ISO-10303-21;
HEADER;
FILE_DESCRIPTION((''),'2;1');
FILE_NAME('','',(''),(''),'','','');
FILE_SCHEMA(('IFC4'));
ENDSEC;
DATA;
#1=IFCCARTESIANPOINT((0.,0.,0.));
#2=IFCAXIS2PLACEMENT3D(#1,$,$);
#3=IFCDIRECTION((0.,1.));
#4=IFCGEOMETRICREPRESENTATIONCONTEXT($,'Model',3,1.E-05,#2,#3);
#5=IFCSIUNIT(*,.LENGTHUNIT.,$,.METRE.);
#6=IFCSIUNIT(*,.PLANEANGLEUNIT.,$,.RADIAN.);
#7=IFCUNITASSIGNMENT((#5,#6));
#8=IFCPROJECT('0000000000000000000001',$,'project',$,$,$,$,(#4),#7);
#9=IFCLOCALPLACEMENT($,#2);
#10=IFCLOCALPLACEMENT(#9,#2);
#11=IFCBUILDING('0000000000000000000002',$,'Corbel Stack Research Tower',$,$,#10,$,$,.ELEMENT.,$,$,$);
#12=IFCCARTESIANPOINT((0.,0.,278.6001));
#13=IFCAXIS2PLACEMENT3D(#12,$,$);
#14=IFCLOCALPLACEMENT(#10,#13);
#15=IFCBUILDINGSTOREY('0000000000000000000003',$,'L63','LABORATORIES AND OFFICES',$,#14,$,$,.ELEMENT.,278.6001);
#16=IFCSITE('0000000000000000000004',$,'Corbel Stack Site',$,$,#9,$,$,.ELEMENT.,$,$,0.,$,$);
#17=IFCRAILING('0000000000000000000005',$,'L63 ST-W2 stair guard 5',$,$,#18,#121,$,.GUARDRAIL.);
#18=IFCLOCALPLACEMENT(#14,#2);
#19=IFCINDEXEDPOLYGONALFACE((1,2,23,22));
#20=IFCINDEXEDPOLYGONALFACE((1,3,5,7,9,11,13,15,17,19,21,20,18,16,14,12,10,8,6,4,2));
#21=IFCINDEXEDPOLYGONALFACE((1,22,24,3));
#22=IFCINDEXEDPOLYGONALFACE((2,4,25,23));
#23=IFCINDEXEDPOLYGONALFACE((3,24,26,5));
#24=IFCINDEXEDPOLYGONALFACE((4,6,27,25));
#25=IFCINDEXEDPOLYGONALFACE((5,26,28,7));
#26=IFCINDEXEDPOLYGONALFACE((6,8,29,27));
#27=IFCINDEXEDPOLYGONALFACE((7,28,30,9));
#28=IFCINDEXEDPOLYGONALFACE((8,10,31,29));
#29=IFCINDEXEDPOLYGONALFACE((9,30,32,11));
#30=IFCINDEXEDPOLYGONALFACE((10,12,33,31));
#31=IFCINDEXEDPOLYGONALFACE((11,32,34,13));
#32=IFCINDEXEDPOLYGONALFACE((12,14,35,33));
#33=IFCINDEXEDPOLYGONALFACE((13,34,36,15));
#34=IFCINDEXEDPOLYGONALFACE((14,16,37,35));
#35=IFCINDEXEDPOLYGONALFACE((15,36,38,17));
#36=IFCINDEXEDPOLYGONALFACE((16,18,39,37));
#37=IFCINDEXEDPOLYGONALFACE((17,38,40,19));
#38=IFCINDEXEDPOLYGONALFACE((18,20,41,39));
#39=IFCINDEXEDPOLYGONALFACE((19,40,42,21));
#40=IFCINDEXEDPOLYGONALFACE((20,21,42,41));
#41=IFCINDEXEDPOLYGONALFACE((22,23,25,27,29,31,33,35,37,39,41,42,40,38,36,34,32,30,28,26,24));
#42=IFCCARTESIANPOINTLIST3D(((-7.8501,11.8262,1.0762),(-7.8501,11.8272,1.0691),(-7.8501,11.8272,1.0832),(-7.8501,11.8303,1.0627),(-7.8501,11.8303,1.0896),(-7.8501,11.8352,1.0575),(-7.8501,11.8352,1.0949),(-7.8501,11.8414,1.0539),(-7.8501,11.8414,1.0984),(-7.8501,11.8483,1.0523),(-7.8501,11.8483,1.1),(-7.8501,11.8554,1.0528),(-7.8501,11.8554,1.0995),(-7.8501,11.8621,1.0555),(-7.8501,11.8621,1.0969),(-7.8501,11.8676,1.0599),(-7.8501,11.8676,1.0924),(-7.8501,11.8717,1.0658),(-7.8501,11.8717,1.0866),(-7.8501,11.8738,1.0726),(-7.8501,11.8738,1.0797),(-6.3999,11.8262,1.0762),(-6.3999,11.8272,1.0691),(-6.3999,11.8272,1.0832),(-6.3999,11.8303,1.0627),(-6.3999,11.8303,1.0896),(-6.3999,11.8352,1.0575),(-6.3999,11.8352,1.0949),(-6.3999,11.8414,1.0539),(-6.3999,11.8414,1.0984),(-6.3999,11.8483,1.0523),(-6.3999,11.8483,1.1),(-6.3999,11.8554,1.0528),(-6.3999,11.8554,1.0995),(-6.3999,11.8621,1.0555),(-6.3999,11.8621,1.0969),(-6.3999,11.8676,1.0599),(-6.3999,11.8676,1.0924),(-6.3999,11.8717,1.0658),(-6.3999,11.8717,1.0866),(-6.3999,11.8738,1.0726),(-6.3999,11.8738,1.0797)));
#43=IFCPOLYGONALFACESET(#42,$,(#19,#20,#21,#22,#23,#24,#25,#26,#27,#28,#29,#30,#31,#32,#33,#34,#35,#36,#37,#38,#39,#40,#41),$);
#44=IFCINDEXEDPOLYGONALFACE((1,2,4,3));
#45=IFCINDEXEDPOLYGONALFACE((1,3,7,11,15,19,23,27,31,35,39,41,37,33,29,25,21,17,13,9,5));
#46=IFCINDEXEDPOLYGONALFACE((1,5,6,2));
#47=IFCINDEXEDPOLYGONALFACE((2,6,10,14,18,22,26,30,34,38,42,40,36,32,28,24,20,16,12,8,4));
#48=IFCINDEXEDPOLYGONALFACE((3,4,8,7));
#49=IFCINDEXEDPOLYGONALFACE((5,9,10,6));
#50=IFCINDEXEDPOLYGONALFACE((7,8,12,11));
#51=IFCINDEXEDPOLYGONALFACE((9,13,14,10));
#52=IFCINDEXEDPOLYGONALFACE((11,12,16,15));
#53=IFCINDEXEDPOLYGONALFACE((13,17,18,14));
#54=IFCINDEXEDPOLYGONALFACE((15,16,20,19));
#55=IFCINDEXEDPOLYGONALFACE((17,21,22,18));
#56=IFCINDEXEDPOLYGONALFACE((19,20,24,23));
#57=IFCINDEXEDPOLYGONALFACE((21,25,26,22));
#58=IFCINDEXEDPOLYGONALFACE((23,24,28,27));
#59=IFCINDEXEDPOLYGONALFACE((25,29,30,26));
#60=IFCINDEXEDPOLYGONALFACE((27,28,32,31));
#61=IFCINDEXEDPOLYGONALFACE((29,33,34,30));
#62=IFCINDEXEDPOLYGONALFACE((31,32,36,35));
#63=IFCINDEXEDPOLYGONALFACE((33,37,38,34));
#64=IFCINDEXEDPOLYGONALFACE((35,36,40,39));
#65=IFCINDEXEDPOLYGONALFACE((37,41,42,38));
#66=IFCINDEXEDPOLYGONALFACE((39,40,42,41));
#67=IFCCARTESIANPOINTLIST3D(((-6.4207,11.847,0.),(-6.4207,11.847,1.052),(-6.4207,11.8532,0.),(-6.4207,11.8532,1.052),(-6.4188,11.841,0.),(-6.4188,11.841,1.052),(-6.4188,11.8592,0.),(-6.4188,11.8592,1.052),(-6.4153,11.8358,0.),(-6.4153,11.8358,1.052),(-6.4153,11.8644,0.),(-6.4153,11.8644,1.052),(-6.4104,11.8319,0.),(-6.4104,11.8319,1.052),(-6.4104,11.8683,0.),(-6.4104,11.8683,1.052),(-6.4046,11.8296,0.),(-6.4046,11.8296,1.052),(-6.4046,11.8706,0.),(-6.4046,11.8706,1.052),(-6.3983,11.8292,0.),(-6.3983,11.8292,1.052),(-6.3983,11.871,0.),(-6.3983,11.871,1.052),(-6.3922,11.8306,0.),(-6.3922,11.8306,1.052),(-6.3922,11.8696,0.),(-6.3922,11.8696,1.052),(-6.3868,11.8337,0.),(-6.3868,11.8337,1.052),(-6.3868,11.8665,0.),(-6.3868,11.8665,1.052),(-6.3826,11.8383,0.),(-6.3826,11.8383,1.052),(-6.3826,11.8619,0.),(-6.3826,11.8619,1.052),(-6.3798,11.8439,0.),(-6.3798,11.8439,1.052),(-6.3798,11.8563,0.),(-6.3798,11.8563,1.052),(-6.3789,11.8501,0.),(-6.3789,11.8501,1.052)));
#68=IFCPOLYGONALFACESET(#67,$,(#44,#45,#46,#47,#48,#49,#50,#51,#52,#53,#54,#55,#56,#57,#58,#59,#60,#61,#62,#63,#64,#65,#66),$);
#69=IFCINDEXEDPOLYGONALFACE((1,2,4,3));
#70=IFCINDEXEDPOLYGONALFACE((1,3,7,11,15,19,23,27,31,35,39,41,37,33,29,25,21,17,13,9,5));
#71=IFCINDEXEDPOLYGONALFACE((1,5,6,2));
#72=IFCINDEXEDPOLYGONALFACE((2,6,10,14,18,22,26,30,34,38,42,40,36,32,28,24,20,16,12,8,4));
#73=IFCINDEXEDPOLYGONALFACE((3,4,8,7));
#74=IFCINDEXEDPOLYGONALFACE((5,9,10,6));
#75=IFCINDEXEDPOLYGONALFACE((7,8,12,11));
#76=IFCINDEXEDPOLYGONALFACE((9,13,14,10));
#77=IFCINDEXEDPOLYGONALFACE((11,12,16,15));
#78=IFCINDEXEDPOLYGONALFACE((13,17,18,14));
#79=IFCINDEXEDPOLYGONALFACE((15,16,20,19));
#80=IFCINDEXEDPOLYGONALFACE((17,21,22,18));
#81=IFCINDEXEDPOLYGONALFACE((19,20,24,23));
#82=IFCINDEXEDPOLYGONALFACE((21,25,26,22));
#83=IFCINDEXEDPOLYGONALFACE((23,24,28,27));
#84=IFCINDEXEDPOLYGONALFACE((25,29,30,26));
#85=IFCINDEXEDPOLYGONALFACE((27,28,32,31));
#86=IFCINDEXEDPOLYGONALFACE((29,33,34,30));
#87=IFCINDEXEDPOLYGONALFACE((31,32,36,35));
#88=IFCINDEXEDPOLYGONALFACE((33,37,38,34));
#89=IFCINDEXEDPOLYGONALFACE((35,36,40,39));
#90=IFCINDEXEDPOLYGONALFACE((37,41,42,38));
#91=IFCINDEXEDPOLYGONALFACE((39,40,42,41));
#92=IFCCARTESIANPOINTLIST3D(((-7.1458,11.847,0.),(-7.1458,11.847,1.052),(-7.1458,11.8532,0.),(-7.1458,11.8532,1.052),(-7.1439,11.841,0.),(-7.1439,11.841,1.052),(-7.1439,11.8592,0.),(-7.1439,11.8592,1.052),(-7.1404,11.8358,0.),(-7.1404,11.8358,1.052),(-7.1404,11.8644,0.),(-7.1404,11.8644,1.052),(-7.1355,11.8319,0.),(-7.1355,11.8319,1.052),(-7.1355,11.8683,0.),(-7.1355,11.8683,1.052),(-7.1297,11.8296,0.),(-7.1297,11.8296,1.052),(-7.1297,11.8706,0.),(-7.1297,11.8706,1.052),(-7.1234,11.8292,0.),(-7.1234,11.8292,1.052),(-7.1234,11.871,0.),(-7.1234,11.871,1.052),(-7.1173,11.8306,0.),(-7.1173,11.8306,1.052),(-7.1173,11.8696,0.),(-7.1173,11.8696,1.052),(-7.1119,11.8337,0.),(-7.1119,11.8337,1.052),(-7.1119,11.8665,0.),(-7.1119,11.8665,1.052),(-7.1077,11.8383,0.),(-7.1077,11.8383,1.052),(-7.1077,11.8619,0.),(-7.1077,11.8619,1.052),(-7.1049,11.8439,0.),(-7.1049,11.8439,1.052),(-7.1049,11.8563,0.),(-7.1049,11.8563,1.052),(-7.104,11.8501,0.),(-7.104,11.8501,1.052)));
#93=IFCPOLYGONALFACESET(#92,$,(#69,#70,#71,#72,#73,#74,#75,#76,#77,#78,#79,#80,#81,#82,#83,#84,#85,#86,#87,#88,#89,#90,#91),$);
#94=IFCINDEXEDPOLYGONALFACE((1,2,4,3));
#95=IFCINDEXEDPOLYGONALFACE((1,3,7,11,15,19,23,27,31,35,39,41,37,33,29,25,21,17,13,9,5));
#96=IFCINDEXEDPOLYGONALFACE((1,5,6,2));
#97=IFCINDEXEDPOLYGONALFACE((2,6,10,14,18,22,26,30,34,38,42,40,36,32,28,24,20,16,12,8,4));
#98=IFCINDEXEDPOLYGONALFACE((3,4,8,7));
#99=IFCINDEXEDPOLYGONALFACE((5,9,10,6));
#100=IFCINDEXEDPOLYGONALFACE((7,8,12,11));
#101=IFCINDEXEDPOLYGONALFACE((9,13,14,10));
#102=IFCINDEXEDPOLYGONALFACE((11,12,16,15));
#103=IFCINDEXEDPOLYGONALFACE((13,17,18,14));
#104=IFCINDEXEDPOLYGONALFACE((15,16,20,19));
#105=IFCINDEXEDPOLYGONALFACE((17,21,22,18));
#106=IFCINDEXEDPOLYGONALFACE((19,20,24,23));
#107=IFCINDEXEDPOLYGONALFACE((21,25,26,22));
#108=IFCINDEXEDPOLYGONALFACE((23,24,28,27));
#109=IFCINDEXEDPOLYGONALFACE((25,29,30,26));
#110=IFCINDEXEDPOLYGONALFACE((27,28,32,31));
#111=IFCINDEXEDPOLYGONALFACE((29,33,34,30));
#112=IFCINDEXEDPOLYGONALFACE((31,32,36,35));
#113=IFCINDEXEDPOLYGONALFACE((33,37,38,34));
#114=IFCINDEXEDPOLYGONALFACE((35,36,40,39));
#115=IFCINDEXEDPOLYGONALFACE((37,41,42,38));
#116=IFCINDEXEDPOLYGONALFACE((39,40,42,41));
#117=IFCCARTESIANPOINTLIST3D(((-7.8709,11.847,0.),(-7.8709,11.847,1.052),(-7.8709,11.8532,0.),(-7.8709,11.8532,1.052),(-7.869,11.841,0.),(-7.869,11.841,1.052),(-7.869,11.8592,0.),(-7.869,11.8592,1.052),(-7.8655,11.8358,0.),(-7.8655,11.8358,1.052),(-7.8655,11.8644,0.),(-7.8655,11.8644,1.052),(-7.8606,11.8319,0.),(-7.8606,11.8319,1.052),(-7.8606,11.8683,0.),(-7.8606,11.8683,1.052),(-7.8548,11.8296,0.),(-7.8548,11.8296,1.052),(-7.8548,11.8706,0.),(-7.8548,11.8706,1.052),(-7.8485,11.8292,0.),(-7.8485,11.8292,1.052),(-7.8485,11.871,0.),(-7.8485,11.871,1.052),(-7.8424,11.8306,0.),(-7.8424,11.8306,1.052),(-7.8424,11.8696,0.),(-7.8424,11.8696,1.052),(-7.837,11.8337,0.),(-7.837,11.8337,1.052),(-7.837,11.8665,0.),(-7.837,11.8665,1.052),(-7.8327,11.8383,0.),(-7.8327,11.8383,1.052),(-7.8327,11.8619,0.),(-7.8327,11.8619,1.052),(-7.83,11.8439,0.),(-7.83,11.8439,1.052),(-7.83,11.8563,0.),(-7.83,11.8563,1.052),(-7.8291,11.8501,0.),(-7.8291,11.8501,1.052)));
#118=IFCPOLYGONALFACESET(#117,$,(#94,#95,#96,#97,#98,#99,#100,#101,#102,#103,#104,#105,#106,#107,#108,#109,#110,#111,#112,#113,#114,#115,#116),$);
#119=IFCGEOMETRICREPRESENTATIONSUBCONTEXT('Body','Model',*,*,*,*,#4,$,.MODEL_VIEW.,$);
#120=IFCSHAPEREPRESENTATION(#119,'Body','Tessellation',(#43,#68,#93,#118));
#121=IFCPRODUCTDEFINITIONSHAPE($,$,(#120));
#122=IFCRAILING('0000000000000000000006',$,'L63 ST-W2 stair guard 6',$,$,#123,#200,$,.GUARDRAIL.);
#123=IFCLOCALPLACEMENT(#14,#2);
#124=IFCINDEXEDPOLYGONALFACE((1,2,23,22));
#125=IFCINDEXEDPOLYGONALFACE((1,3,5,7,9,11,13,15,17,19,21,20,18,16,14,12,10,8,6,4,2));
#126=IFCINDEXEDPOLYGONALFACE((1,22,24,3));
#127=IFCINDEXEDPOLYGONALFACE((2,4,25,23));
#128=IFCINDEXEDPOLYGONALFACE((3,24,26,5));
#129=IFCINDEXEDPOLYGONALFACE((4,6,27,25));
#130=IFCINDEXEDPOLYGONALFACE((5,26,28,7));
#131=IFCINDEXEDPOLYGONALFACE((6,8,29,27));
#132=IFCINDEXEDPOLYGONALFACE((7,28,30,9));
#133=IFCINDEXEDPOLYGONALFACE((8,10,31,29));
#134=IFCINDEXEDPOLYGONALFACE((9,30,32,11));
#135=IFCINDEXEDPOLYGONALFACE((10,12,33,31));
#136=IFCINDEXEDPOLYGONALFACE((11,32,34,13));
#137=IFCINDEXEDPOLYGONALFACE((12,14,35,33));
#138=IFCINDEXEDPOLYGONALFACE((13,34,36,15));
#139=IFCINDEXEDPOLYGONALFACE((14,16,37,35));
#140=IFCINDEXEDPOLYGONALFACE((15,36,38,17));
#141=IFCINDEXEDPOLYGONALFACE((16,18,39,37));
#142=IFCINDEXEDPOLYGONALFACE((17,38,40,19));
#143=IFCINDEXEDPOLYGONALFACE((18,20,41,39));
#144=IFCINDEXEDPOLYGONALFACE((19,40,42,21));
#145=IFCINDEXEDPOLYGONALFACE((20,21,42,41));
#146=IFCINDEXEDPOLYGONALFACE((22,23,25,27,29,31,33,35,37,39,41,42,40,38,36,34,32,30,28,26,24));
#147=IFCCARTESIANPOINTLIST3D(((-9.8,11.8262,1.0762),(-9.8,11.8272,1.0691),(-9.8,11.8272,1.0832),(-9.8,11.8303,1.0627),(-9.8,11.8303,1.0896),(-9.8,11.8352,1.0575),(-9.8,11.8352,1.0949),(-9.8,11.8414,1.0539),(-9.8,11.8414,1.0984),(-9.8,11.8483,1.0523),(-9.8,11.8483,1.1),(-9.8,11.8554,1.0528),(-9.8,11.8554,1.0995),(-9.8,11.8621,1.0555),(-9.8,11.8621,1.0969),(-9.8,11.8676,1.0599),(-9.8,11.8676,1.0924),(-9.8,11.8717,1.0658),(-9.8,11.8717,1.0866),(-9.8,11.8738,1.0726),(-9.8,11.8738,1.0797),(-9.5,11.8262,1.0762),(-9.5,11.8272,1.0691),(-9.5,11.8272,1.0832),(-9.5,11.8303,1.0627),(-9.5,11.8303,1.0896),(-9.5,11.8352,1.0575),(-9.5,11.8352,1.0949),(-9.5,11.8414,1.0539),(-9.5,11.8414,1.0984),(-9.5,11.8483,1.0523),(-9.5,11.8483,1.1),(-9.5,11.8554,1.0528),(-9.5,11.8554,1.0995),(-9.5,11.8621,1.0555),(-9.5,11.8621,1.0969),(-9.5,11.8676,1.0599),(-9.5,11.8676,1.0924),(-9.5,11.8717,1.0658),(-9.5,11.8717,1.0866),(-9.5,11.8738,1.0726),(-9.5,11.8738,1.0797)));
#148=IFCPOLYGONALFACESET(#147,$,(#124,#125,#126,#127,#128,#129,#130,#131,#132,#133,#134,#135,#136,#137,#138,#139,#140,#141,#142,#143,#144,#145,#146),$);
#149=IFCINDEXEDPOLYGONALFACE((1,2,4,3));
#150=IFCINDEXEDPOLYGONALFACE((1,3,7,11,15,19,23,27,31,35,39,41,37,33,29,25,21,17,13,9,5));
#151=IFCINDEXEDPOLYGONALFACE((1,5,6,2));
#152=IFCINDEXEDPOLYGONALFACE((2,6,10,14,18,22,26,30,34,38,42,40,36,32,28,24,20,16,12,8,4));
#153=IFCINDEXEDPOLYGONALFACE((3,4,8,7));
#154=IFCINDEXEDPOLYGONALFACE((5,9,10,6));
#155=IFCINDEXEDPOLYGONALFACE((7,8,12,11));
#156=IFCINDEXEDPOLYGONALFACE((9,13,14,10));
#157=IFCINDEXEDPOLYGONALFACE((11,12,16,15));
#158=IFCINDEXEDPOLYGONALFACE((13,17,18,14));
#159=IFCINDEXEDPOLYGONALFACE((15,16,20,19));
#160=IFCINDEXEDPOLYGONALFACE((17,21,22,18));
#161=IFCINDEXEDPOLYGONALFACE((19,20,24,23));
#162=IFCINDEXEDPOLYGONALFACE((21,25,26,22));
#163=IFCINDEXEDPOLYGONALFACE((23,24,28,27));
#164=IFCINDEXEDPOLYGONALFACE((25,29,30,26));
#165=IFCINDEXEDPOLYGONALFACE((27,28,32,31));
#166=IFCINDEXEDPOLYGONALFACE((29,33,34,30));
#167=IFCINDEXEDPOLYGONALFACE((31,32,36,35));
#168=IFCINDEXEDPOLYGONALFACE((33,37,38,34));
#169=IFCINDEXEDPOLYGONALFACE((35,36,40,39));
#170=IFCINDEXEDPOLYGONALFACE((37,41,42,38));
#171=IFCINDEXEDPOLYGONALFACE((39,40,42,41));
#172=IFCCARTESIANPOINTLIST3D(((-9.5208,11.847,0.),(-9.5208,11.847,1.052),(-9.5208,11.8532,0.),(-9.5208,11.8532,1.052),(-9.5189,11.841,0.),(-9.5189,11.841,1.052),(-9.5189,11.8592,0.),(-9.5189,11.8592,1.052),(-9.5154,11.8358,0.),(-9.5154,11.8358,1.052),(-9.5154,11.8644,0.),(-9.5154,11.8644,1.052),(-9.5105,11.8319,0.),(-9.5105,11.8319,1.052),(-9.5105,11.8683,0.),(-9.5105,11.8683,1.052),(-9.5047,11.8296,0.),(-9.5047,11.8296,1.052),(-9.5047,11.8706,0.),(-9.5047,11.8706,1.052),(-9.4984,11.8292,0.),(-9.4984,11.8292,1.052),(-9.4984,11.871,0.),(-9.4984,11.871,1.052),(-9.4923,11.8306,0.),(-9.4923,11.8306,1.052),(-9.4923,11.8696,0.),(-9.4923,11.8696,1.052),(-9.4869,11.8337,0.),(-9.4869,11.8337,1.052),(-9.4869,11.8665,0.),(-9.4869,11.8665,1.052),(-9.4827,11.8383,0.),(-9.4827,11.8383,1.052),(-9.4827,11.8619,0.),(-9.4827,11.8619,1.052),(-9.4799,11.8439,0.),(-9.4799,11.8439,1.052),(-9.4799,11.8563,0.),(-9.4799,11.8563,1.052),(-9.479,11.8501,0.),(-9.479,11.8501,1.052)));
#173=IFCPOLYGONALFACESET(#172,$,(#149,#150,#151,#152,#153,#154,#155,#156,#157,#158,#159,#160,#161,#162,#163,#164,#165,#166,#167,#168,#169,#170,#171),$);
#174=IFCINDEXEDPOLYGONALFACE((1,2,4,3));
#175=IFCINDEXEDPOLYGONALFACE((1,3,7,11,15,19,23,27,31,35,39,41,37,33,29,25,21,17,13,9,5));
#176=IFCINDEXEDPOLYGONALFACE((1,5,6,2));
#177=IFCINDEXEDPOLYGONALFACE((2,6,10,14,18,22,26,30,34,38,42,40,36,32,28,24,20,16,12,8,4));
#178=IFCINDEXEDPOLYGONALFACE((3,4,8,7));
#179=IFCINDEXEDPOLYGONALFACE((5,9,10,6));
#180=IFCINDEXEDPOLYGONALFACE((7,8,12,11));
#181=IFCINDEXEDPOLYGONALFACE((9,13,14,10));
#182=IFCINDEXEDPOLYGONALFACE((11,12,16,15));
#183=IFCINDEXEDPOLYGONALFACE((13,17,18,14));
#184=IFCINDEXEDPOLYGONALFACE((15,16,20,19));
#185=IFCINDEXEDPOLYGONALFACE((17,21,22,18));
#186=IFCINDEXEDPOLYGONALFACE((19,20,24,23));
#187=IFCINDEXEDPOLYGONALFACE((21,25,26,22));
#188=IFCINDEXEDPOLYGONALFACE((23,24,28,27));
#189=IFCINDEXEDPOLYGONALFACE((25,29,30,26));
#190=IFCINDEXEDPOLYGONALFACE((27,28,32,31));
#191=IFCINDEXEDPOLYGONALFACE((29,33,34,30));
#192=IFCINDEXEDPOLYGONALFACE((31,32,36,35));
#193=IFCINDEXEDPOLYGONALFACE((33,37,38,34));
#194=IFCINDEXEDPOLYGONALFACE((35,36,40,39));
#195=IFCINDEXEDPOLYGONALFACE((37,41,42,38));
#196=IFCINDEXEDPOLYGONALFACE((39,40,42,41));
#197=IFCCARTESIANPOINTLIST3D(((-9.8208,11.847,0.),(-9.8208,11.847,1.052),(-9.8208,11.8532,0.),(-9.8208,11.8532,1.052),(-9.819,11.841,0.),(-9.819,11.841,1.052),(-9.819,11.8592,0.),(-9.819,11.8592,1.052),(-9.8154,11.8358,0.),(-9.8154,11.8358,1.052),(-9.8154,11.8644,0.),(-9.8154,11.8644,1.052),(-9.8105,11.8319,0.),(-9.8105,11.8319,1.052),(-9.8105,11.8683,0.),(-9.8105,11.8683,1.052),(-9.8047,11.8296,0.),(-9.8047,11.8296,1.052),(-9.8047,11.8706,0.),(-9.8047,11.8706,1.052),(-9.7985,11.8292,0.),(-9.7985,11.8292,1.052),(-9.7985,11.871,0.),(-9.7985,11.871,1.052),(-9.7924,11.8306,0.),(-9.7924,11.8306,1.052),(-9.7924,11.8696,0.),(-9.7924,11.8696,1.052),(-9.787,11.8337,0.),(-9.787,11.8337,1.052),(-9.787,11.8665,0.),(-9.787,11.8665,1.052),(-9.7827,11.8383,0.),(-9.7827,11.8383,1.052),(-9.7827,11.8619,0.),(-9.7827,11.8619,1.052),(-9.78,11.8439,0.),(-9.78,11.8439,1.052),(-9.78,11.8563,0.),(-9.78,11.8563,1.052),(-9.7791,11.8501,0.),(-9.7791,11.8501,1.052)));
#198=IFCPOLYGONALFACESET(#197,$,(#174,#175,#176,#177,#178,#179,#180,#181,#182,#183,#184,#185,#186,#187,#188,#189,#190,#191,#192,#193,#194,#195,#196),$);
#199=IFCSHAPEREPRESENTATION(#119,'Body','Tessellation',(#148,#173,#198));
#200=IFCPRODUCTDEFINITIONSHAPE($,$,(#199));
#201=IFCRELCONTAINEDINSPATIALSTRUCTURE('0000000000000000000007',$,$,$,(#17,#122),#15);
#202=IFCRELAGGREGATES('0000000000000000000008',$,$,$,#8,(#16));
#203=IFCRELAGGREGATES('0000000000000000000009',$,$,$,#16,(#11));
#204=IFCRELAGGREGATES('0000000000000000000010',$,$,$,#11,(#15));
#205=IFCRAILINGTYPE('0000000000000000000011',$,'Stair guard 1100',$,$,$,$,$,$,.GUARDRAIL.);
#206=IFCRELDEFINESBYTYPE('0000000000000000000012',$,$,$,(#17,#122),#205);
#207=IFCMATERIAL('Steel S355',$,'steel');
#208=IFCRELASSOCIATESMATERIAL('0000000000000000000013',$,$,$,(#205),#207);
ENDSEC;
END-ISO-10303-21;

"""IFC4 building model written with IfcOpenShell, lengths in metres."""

from ifc_helpers import new_model, si_unit, direction, frame, origin, origin_2d, place, context, subcontext, project, spatial, circle, extrude, material, type_object, element, save


model = new_model("IFC4")

# Units and contexts
model_context = context("Model", 3, precision=1e-05, world=origin(), true_north=direction((0.0, 1.0)))
body_context = subcontext(model_context, "Body", "Model", "MODEL_VIEW")
ifc_project = project(units=[si_unit("LENGTHUNIT", "METRE"), si_unit("PLANEANGLEUNIT", "RADIAN")], contexts=[model_context])

# Site, building, storey
site_placement = place(None, origin())
site = spatial("IfcSite", under=ifc_project, at=site_placement, Name="Corbel Stack Site", CompositionType="ELEMENT", RefElevation=0.0)
building_placement = place(site_placement, origin())
building = spatial("IfcBuilding", under=site, at=building_placement, Name="Corbel Stack Research Tower", CompositionType="ELEMENT")
storey_placement = place(building_placement, frame((0.0, 0.0, 278.6001)))
storey = spatial("IfcBuildingStorey", under=building, at=storey_placement, Name="L63", Description="LABORATORIES AND OFFICES", CompositionType="ELEMENT", Elevation=278.6001)

# Railings
ifc_material_1 = material(Name="Steel S355", Category="steel")
railing_type_1 = type_object("IfcRailingType", Name="Stair guard 1100", PredefinedType="GUARDRAIL", material=ifc_material_1)
railing_1_placement = place(storey_placement, frame((-6.3999, 11.8501, 0.0)))
element("IfcRailing", 1, at=railing_1_placement, inside=storey, type_object=railing_type_1, Name="L63 ST-W2 stair guard 5", PredefinedType="GUARDRAIL", context=body_context, shape_type="SweptSolid", body=[
    extrude(circle(Radius=0.0239, at=origin_2d()), frame((0.0, 0.0, 1.0762), z_axis=(-1.0, 0.0, 0.0), x_axis=(0.0, -1.0, 0.0)), (0.0, 0.0, 1.0), 1.4502),
    extrude(circle(Radius=0.021, at=origin_2d()), origin(), (0.0, 0.0, 1.0), 1.052),
    extrude(circle(Radius=0.021, at=origin_2d()), frame((-0.7251, 0.0, 0.0)), (0.0, 0.0, 1.0), 1.052),
    extrude(circle(Radius=0.021, at=origin_2d()), frame((-1.4502, 0.0, 0.0)), (0.0, 0.0, 1.0), 1.052),
])
railing_2_placement = place(storey_placement, frame((-9.5, 11.8501, 0.0)))
element("IfcRailing", 2, at=railing_2_placement, inside=storey, type_object=railing_type_1, Name="L63 ST-W2 stair guard 6", PredefinedType="GUARDRAIL", context=body_context, shape_type="SweptSolid", body=[
    extrude(circle(Radius=0.0239, at=origin_2d()), frame((0.0, 0.0, 1.0762), z_axis=(-1.0, 0.0, 0.0), x_axis=(0.0, -1.0, 0.0)), (0.0, 0.0, 1.0), 0.3),
    extrude(circle(Radius=0.021, at=origin_2d()), origin(), (0.0, 0.0, 1.0), 1.052),
    extrude(circle(Radius=0.021, at=origin_2d()), frame((-0.3, 0.0, 0.0)), (0.0, 0.0, 1.0), 1.052),
])

save(model, "model.ifc")
